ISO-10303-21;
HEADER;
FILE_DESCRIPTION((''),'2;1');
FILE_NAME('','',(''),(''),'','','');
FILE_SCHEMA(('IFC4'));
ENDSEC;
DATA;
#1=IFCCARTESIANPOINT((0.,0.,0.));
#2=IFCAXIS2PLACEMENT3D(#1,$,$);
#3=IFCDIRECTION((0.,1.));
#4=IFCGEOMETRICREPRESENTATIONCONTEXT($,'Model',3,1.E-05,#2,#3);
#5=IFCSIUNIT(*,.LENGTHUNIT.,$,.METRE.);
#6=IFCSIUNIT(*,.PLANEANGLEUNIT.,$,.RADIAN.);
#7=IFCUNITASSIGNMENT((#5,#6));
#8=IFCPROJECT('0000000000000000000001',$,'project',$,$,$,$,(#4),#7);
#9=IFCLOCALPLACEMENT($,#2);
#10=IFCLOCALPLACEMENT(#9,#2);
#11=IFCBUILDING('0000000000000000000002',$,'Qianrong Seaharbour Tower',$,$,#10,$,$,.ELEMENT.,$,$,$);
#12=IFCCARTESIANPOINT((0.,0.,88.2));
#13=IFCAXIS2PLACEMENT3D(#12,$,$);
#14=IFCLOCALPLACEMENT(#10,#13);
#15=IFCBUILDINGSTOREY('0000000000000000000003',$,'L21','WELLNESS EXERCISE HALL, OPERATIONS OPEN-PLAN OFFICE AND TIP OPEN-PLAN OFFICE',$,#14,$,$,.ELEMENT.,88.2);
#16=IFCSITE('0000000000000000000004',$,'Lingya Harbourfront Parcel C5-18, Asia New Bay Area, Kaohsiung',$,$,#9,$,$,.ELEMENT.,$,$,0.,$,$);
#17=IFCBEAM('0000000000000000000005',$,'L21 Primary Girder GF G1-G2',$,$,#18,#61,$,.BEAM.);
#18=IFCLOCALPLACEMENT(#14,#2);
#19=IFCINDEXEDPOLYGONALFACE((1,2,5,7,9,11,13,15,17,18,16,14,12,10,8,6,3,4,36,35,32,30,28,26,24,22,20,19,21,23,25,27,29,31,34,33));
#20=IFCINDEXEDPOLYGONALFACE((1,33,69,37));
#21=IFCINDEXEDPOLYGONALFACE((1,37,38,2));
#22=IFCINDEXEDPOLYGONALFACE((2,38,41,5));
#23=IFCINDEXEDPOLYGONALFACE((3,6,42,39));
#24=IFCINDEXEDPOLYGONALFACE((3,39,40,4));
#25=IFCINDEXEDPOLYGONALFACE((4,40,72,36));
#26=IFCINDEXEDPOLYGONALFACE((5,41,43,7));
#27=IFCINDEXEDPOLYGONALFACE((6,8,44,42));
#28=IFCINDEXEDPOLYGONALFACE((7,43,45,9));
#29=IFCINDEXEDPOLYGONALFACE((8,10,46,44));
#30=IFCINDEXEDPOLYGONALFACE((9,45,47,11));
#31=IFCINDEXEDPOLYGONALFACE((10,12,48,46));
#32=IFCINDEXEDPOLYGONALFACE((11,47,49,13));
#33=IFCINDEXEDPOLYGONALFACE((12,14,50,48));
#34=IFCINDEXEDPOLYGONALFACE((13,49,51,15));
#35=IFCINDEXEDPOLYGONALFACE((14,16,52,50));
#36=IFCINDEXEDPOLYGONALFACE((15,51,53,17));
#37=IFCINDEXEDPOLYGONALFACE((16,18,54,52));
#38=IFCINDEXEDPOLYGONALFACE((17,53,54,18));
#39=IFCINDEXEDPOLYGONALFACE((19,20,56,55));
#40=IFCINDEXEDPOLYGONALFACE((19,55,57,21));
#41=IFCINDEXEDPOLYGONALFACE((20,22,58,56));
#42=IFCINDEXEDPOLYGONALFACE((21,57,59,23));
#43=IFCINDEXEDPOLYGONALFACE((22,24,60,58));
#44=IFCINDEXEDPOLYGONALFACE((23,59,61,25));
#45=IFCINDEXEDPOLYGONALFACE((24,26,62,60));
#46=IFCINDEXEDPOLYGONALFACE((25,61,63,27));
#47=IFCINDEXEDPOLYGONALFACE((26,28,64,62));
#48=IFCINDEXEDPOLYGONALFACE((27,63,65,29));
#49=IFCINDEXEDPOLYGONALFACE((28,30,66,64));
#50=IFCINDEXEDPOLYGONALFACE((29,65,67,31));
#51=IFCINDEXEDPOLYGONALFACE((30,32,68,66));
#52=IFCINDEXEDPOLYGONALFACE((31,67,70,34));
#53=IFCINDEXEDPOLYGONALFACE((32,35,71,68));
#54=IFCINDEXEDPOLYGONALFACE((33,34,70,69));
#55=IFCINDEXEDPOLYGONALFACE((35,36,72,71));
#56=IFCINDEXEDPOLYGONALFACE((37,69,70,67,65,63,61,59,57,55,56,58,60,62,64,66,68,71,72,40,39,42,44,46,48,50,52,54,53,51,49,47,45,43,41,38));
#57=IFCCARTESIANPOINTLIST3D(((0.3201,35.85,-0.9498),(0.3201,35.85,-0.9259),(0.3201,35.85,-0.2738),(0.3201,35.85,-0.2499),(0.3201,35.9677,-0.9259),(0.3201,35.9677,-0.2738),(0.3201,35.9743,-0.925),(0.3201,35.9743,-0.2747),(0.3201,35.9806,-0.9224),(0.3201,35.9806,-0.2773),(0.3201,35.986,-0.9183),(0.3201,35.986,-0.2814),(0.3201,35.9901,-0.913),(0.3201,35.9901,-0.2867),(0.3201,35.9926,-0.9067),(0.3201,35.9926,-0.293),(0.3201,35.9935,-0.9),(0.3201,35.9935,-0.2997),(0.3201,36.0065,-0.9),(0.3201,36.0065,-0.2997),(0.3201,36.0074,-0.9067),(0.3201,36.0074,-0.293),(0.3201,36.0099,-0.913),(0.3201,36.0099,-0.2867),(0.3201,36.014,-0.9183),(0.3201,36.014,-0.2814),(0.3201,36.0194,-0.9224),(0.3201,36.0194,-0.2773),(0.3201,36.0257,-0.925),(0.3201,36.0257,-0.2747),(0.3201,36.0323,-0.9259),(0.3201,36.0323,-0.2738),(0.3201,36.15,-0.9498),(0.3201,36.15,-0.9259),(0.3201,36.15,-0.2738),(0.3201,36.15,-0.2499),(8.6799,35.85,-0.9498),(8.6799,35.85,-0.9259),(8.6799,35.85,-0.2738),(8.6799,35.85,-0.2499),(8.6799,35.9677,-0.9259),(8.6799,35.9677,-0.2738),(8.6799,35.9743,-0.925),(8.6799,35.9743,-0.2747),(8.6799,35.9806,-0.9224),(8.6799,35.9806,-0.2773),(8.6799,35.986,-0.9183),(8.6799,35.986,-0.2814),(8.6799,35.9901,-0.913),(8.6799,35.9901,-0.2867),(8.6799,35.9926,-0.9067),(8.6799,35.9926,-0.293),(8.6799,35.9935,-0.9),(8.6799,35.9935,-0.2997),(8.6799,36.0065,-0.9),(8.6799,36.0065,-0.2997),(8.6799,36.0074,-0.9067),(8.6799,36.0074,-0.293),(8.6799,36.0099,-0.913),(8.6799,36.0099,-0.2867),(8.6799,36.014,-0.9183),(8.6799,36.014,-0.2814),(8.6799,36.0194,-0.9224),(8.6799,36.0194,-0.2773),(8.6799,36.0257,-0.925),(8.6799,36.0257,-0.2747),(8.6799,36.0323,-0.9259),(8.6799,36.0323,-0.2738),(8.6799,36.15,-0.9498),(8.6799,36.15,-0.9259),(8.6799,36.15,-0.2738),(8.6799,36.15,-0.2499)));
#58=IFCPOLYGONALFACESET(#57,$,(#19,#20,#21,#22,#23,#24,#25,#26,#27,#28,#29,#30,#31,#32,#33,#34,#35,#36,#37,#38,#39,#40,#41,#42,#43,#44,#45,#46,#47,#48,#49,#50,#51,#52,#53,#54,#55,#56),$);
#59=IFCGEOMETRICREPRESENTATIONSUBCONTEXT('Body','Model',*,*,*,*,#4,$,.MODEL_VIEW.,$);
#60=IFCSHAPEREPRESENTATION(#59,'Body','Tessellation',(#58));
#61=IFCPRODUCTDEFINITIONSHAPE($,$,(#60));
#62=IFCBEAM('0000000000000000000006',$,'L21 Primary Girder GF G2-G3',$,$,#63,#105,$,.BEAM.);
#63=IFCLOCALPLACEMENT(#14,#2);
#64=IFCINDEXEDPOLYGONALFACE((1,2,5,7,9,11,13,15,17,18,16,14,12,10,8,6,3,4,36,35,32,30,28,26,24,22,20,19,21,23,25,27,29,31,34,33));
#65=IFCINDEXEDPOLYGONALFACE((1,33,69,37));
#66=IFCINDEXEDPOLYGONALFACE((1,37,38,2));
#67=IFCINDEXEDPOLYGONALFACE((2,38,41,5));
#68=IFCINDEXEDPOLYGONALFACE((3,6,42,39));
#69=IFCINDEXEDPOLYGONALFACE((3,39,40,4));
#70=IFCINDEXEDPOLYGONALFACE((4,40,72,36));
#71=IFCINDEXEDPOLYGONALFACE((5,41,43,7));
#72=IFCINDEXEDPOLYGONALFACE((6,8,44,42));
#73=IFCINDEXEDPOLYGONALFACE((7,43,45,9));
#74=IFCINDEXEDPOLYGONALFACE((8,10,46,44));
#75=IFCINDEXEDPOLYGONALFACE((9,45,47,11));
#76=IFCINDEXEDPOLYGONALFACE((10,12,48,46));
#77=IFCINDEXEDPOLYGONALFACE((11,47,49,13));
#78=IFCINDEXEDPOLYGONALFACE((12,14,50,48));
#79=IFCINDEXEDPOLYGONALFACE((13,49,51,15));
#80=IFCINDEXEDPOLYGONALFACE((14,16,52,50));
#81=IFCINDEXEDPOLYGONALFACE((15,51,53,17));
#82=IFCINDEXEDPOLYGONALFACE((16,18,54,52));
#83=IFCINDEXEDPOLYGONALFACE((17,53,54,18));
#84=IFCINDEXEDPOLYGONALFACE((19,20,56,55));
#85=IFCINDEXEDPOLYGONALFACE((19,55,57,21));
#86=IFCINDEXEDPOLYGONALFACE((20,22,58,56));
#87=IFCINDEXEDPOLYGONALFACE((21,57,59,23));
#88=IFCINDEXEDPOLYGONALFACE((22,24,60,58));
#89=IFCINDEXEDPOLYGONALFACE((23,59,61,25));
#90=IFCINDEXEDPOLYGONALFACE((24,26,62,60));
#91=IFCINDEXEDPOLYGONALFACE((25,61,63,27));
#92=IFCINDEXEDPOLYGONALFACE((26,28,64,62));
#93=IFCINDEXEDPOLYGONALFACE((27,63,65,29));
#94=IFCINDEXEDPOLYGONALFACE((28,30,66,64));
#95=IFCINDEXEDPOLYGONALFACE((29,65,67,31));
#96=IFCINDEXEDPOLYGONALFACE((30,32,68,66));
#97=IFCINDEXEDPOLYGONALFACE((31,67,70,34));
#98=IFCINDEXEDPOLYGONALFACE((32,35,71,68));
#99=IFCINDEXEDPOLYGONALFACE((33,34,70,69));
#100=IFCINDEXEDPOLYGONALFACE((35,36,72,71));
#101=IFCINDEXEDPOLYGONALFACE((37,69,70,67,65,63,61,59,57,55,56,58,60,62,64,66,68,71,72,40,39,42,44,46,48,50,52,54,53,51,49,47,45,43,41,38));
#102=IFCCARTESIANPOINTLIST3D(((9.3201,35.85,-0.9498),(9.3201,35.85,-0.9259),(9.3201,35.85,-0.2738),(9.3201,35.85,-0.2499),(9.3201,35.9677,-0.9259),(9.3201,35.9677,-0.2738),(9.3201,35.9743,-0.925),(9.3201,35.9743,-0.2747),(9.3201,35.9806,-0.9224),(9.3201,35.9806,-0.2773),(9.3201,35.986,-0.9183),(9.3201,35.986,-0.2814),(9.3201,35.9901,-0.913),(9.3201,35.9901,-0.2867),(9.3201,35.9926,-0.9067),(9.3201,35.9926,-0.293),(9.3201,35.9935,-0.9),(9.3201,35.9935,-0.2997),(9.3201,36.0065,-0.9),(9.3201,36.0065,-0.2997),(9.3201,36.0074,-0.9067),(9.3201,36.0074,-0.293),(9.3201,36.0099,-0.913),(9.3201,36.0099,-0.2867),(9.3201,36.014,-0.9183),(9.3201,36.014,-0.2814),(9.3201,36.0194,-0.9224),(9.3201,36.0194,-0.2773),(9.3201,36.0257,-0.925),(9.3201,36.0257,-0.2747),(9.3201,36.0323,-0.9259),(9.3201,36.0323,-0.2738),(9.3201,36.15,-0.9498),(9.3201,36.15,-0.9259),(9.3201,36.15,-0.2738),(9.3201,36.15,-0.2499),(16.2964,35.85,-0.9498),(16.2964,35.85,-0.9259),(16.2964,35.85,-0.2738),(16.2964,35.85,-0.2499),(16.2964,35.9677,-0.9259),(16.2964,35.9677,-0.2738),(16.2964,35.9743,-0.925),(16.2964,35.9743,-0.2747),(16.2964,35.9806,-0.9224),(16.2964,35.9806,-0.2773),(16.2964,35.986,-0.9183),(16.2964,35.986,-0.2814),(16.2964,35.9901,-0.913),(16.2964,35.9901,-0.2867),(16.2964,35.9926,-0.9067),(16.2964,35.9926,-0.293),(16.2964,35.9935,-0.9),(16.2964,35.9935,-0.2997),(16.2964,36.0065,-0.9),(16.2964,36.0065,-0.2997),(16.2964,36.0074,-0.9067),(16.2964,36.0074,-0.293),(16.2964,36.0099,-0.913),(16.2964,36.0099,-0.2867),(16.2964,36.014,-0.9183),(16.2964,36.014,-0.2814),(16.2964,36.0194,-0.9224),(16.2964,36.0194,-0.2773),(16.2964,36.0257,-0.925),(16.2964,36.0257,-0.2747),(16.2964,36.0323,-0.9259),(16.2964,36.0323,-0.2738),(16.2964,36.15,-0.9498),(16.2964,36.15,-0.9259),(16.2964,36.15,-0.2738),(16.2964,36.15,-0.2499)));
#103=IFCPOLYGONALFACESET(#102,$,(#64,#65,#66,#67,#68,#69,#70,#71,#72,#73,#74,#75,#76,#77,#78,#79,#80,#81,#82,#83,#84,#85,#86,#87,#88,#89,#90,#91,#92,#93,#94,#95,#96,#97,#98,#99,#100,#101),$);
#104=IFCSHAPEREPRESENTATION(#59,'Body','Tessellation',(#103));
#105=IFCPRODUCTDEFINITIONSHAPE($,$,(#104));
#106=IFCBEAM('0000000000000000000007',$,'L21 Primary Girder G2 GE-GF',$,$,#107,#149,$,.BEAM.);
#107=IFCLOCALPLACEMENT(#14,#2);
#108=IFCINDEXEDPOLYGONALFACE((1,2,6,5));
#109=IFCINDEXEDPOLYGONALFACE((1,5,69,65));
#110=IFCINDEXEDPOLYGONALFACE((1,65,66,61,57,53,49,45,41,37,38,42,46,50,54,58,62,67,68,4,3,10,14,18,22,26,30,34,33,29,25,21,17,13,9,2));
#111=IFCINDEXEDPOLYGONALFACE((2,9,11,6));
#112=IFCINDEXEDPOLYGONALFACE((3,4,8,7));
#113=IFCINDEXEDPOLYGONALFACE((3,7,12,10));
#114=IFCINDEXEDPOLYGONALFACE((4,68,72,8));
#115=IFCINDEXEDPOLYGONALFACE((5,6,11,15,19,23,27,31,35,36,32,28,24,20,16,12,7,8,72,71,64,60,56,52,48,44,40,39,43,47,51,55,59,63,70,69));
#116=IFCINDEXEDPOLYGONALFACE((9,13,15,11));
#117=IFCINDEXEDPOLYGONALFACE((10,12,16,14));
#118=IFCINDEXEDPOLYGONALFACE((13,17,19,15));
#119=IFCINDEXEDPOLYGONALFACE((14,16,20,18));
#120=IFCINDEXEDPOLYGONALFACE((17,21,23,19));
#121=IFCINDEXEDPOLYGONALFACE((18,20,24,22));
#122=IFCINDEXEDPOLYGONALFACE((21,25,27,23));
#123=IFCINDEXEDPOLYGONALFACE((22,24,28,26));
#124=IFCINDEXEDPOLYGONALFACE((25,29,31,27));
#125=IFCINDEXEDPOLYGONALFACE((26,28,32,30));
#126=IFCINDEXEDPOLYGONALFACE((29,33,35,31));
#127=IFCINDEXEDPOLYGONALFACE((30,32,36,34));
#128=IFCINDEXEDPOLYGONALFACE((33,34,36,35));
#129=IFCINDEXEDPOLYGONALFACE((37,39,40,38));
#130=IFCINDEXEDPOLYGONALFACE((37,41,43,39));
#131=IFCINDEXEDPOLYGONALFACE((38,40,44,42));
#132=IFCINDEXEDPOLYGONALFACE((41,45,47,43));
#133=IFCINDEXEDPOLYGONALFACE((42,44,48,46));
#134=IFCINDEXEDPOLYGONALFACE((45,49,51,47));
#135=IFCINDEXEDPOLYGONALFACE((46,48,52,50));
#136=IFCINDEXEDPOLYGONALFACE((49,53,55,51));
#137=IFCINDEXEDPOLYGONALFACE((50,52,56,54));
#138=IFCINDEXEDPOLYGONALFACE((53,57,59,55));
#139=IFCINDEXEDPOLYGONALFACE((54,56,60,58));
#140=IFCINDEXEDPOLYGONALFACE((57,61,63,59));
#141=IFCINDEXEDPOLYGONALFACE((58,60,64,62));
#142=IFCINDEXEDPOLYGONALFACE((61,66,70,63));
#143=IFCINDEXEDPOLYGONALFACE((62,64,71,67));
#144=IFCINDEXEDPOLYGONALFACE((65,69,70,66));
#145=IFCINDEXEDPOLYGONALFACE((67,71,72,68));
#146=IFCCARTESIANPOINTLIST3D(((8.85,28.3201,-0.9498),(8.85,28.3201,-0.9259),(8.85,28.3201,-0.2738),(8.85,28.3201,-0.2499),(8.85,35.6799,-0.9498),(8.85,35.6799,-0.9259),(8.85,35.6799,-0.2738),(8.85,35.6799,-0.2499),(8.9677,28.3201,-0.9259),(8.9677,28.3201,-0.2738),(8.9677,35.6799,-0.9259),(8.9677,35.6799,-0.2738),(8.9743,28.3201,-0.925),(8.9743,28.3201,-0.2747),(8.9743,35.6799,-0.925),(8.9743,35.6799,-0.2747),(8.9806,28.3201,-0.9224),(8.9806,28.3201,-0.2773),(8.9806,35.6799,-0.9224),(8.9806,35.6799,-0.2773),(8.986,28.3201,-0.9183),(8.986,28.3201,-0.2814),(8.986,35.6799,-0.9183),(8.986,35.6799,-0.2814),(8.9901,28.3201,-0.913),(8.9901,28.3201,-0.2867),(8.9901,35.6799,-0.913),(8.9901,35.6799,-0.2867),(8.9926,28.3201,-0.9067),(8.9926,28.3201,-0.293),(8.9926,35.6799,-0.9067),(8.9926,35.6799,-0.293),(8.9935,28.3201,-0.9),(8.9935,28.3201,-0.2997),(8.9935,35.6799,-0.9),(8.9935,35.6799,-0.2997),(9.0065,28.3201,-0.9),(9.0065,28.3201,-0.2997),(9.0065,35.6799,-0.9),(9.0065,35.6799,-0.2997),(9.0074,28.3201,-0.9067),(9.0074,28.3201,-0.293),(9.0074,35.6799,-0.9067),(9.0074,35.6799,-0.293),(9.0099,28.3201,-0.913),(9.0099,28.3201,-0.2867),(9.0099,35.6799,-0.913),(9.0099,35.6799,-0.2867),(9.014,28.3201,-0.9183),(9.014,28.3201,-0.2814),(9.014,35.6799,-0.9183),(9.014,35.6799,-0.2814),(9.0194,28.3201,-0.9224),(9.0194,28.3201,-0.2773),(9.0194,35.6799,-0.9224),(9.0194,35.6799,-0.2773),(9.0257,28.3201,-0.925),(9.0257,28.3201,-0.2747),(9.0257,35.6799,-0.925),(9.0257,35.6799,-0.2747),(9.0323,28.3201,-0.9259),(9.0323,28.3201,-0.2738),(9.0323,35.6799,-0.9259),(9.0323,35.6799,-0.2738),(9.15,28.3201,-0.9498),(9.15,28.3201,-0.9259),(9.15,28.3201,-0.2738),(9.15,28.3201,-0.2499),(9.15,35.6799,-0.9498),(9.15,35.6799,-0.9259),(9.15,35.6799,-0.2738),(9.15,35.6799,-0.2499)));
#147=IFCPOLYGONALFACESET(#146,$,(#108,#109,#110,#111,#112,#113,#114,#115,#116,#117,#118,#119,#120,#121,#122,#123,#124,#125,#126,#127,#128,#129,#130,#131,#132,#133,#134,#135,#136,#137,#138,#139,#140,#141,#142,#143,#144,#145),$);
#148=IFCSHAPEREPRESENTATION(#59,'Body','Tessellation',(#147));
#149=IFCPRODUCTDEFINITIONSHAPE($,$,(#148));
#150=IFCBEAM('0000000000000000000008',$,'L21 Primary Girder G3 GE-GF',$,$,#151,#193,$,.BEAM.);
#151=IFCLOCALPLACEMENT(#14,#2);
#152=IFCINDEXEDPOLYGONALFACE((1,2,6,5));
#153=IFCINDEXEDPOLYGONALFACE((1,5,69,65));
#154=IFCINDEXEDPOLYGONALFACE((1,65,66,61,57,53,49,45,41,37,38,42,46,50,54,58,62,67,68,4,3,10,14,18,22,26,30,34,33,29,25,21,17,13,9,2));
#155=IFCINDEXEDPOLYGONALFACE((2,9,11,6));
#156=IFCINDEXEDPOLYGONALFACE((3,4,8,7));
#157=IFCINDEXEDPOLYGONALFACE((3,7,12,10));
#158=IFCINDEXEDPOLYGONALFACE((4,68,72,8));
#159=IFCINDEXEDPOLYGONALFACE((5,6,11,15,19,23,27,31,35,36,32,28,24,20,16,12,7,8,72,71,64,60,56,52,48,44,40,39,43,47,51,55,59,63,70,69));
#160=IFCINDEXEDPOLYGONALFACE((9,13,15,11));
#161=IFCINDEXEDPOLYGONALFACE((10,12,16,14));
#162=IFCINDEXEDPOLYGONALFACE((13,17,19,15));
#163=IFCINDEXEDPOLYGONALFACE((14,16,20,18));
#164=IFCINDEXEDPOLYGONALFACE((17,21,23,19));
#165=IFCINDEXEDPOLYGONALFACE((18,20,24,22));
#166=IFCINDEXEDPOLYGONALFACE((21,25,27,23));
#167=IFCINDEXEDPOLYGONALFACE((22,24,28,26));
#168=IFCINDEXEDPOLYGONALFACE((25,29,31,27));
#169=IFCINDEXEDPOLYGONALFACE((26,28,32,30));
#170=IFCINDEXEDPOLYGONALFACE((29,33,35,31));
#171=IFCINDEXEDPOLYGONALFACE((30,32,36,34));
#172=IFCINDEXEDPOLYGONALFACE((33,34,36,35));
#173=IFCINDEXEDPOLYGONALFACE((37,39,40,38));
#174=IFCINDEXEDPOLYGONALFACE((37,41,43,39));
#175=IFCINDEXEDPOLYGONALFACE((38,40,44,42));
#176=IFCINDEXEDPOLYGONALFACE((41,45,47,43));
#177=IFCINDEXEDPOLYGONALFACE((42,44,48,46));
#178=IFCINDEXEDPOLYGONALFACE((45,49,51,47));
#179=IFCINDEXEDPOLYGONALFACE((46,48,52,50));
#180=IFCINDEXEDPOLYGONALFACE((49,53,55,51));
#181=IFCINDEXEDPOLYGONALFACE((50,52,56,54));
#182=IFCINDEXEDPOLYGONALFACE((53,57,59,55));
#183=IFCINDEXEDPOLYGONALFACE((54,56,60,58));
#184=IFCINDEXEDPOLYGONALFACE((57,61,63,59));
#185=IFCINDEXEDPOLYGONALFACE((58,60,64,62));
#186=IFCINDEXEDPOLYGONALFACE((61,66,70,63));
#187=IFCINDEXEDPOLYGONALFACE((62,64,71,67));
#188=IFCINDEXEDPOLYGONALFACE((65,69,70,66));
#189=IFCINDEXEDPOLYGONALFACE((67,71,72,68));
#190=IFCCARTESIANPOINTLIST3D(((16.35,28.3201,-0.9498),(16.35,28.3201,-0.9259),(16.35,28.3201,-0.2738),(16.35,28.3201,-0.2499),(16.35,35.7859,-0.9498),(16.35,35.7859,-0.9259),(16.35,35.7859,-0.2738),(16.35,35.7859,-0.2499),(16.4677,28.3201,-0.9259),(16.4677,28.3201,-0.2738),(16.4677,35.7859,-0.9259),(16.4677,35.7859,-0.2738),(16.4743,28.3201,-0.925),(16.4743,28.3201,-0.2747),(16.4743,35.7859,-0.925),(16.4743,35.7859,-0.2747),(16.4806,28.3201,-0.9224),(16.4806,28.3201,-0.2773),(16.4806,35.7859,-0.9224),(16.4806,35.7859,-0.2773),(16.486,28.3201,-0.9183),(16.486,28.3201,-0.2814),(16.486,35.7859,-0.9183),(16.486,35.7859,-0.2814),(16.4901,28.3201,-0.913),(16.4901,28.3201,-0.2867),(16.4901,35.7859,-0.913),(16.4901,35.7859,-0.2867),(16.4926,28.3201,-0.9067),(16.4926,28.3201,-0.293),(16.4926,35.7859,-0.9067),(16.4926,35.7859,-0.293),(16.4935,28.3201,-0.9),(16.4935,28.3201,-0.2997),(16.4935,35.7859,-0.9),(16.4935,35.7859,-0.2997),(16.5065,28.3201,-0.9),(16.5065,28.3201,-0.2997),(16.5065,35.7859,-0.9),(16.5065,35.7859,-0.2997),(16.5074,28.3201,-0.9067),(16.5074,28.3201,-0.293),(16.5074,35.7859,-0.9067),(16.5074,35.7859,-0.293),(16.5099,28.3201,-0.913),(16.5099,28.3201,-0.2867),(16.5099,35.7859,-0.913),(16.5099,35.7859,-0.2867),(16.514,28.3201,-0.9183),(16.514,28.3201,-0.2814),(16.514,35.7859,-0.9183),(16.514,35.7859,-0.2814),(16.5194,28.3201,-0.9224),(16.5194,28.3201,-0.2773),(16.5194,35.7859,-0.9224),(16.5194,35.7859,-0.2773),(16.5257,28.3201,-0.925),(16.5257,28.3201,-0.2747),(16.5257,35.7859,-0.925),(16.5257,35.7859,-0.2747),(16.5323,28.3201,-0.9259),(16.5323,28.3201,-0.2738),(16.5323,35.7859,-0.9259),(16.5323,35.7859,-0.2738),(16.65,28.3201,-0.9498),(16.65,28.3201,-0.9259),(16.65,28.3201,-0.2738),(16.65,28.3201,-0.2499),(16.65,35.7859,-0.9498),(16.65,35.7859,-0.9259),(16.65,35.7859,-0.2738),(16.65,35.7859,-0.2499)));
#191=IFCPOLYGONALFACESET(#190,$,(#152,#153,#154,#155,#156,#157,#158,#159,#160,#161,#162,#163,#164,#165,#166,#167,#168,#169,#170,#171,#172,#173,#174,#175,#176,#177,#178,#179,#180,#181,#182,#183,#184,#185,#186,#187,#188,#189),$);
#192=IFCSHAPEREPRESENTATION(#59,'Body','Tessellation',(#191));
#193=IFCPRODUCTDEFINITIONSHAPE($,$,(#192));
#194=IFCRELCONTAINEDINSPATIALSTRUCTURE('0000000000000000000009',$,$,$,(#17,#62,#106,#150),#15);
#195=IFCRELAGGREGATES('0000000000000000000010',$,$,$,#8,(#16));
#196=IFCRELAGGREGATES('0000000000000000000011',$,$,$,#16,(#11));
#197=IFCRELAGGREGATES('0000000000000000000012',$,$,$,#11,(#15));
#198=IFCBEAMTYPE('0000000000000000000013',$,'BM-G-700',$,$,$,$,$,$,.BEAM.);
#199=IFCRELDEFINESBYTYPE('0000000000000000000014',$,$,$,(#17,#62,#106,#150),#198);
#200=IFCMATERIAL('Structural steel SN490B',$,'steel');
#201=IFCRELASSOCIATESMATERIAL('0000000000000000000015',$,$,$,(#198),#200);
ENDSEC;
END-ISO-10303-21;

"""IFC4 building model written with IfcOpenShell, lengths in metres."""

from ifc_helpers import new_model, si_unit, direction, frame, origin, origin_2d, place, context, subcontext, project, spatial, i_section, extrude, material, material_profile, profile_set, type_object, element, save


model = new_model("IFC4")

# Units and contexts
model_context = context("Model", 3, precision=1e-05, world=origin(), true_north=direction((0.0, 1.0)))
body_context = subcontext(model_context, "Body", "Model", "MODEL_VIEW")
ifc_project = project(units=[si_unit("LENGTHUNIT", "METRE"), si_unit("PLANEANGLEUNIT", "RADIAN")], contexts=[model_context])

# Site, building, storey
site_placement = place(None, origin())
site = spatial("IfcSite", under=ifc_project, at=site_placement, Name="Lingya Harbourfront Parcel C5-18, Asia New Bay Area, Kaohsiung", CompositionType="ELEMENT", RefElevation=0.0)
building_placement = place(site_placement, origin())
building = spatial("IfcBuilding", under=site, at=building_placement, Name="Qianrong Seaharbour Tower", CompositionType="ELEMENT")
storey_placement = place(building_placement, frame((0.0, 0.0, 88.2)))
storey = spatial("IfcBuildingStorey", under=building, at=storey_placement, Name="L21", Description="WELLNESS EXERCISE HALL, OPERATIONS OPEN-PLAN OFFICE AND TIP OPEN-PLAN OFFICE", CompositionType="ELEMENT", Elevation=88.2)

# Shared definitions
ifc_material_1 = material(Name="Structural steel SN490B", Category="steel")

# Beams
ifc_material_profile_1 = material_profile(ifc_material_1, i_section(OverallWidth=0.3, OverallDepth=0.7, WebThickness=0.0129, FlangeThickness=0.0239, FilletRadius=0.0259, at=origin_2d()), Name="H700x300x13x24")
ifc_profile_set_1 = profile_set([ifc_material_profile_1], Name="Structural steel SN490B")
beam_type_1 = type_object("IfcBeamType", Name="BM-G-700", PredefinedType="BEAM", material=ifc_profile_set_1)
beam_1_placement = place(storey_placement, frame((0.3201, 36.0, -0.5999), z_axis=(1.0, 0.0, 0.0), x_axis=(0.0, 1.0, 0.0)))
element("IfcBeam", 1, at=beam_1_placement, inside=storey, type_object=beam_type_1, Name="L21 Primary Girder GF G1-G2", PredefinedType="BEAM", context=body_context, shape_type="SweptSolid", body=[
    extrude(i_section(OverallWidth=0.3, OverallDepth=0.7, WebThickness=0.0129, FlangeThickness=0.0239, FilletRadius=0.0259, at=origin_2d()), origin(), (0.0, 0.0, 1.0), 8.3599),
])
beam_2_placement = place(storey_placement, frame((9.3201, 36.0, -0.5999), z_axis=(1.0, 0.0, 0.0), x_axis=(0.0, 1.0, 0.0)))
element("IfcBeam", 2, at=beam_2_placement, inside=storey, type_object=beam_type_1, Name="L21 Primary Girder GF G2-G3", PredefinedType="BEAM", context=body_context, shape_type="SweptSolid", body=[
    extrude(i_section(OverallWidth=0.3, OverallDepth=0.7, WebThickness=0.0129, FlangeThickness=0.0239, FilletRadius=0.0259, at=origin_2d()), origin(), (0.0, 0.0, 1.0), 6.9763),
])
beam_3_placement = place(storey_placement, frame((9.0, 28.3201, -0.5999), z_axis=(0.0, 1.0, 0.0), x_axis=(-1.0, 0.0, 0.0)))
element("IfcBeam", 3, at=beam_3_placement, inside=storey, type_object=beam_type_1, Name="L21 Primary Girder G2 GE-GF", PredefinedType="BEAM", context=body_context, shape_type="SweptSolid", body=[
    extrude(i_section(OverallWidth=0.3, OverallDepth=0.7, WebThickness=0.0129, FlangeThickness=0.0239, FilletRadius=0.0259, at=origin_2d()), origin(), (0.0, 0.0, 1.0), 7.3599),
])
beam_4_placement = place(storey_placement, frame((16.5, 28.3201, -0.5999), z_axis=(0.0, 1.0, 0.0), x_axis=(-1.0, 0.0, 0.0)))
element("IfcBeam", 4, at=beam_4_placement, inside=storey, type_object=beam_type_1, Name="L21 Primary Girder G3 GE-GF", PredefinedType="BEAM", context=body_context, shape_type="SweptSolid", body=[
    extrude(i_section(OverallWidth=0.3, OverallDepth=0.7, WebThickness=0.0129, FlangeThickness=0.0239, FilletRadius=0.0259, at=origin_2d()), origin(), (0.0, 0.0, 1.0), 7.4658),
])

save(model, "model.ifc")
